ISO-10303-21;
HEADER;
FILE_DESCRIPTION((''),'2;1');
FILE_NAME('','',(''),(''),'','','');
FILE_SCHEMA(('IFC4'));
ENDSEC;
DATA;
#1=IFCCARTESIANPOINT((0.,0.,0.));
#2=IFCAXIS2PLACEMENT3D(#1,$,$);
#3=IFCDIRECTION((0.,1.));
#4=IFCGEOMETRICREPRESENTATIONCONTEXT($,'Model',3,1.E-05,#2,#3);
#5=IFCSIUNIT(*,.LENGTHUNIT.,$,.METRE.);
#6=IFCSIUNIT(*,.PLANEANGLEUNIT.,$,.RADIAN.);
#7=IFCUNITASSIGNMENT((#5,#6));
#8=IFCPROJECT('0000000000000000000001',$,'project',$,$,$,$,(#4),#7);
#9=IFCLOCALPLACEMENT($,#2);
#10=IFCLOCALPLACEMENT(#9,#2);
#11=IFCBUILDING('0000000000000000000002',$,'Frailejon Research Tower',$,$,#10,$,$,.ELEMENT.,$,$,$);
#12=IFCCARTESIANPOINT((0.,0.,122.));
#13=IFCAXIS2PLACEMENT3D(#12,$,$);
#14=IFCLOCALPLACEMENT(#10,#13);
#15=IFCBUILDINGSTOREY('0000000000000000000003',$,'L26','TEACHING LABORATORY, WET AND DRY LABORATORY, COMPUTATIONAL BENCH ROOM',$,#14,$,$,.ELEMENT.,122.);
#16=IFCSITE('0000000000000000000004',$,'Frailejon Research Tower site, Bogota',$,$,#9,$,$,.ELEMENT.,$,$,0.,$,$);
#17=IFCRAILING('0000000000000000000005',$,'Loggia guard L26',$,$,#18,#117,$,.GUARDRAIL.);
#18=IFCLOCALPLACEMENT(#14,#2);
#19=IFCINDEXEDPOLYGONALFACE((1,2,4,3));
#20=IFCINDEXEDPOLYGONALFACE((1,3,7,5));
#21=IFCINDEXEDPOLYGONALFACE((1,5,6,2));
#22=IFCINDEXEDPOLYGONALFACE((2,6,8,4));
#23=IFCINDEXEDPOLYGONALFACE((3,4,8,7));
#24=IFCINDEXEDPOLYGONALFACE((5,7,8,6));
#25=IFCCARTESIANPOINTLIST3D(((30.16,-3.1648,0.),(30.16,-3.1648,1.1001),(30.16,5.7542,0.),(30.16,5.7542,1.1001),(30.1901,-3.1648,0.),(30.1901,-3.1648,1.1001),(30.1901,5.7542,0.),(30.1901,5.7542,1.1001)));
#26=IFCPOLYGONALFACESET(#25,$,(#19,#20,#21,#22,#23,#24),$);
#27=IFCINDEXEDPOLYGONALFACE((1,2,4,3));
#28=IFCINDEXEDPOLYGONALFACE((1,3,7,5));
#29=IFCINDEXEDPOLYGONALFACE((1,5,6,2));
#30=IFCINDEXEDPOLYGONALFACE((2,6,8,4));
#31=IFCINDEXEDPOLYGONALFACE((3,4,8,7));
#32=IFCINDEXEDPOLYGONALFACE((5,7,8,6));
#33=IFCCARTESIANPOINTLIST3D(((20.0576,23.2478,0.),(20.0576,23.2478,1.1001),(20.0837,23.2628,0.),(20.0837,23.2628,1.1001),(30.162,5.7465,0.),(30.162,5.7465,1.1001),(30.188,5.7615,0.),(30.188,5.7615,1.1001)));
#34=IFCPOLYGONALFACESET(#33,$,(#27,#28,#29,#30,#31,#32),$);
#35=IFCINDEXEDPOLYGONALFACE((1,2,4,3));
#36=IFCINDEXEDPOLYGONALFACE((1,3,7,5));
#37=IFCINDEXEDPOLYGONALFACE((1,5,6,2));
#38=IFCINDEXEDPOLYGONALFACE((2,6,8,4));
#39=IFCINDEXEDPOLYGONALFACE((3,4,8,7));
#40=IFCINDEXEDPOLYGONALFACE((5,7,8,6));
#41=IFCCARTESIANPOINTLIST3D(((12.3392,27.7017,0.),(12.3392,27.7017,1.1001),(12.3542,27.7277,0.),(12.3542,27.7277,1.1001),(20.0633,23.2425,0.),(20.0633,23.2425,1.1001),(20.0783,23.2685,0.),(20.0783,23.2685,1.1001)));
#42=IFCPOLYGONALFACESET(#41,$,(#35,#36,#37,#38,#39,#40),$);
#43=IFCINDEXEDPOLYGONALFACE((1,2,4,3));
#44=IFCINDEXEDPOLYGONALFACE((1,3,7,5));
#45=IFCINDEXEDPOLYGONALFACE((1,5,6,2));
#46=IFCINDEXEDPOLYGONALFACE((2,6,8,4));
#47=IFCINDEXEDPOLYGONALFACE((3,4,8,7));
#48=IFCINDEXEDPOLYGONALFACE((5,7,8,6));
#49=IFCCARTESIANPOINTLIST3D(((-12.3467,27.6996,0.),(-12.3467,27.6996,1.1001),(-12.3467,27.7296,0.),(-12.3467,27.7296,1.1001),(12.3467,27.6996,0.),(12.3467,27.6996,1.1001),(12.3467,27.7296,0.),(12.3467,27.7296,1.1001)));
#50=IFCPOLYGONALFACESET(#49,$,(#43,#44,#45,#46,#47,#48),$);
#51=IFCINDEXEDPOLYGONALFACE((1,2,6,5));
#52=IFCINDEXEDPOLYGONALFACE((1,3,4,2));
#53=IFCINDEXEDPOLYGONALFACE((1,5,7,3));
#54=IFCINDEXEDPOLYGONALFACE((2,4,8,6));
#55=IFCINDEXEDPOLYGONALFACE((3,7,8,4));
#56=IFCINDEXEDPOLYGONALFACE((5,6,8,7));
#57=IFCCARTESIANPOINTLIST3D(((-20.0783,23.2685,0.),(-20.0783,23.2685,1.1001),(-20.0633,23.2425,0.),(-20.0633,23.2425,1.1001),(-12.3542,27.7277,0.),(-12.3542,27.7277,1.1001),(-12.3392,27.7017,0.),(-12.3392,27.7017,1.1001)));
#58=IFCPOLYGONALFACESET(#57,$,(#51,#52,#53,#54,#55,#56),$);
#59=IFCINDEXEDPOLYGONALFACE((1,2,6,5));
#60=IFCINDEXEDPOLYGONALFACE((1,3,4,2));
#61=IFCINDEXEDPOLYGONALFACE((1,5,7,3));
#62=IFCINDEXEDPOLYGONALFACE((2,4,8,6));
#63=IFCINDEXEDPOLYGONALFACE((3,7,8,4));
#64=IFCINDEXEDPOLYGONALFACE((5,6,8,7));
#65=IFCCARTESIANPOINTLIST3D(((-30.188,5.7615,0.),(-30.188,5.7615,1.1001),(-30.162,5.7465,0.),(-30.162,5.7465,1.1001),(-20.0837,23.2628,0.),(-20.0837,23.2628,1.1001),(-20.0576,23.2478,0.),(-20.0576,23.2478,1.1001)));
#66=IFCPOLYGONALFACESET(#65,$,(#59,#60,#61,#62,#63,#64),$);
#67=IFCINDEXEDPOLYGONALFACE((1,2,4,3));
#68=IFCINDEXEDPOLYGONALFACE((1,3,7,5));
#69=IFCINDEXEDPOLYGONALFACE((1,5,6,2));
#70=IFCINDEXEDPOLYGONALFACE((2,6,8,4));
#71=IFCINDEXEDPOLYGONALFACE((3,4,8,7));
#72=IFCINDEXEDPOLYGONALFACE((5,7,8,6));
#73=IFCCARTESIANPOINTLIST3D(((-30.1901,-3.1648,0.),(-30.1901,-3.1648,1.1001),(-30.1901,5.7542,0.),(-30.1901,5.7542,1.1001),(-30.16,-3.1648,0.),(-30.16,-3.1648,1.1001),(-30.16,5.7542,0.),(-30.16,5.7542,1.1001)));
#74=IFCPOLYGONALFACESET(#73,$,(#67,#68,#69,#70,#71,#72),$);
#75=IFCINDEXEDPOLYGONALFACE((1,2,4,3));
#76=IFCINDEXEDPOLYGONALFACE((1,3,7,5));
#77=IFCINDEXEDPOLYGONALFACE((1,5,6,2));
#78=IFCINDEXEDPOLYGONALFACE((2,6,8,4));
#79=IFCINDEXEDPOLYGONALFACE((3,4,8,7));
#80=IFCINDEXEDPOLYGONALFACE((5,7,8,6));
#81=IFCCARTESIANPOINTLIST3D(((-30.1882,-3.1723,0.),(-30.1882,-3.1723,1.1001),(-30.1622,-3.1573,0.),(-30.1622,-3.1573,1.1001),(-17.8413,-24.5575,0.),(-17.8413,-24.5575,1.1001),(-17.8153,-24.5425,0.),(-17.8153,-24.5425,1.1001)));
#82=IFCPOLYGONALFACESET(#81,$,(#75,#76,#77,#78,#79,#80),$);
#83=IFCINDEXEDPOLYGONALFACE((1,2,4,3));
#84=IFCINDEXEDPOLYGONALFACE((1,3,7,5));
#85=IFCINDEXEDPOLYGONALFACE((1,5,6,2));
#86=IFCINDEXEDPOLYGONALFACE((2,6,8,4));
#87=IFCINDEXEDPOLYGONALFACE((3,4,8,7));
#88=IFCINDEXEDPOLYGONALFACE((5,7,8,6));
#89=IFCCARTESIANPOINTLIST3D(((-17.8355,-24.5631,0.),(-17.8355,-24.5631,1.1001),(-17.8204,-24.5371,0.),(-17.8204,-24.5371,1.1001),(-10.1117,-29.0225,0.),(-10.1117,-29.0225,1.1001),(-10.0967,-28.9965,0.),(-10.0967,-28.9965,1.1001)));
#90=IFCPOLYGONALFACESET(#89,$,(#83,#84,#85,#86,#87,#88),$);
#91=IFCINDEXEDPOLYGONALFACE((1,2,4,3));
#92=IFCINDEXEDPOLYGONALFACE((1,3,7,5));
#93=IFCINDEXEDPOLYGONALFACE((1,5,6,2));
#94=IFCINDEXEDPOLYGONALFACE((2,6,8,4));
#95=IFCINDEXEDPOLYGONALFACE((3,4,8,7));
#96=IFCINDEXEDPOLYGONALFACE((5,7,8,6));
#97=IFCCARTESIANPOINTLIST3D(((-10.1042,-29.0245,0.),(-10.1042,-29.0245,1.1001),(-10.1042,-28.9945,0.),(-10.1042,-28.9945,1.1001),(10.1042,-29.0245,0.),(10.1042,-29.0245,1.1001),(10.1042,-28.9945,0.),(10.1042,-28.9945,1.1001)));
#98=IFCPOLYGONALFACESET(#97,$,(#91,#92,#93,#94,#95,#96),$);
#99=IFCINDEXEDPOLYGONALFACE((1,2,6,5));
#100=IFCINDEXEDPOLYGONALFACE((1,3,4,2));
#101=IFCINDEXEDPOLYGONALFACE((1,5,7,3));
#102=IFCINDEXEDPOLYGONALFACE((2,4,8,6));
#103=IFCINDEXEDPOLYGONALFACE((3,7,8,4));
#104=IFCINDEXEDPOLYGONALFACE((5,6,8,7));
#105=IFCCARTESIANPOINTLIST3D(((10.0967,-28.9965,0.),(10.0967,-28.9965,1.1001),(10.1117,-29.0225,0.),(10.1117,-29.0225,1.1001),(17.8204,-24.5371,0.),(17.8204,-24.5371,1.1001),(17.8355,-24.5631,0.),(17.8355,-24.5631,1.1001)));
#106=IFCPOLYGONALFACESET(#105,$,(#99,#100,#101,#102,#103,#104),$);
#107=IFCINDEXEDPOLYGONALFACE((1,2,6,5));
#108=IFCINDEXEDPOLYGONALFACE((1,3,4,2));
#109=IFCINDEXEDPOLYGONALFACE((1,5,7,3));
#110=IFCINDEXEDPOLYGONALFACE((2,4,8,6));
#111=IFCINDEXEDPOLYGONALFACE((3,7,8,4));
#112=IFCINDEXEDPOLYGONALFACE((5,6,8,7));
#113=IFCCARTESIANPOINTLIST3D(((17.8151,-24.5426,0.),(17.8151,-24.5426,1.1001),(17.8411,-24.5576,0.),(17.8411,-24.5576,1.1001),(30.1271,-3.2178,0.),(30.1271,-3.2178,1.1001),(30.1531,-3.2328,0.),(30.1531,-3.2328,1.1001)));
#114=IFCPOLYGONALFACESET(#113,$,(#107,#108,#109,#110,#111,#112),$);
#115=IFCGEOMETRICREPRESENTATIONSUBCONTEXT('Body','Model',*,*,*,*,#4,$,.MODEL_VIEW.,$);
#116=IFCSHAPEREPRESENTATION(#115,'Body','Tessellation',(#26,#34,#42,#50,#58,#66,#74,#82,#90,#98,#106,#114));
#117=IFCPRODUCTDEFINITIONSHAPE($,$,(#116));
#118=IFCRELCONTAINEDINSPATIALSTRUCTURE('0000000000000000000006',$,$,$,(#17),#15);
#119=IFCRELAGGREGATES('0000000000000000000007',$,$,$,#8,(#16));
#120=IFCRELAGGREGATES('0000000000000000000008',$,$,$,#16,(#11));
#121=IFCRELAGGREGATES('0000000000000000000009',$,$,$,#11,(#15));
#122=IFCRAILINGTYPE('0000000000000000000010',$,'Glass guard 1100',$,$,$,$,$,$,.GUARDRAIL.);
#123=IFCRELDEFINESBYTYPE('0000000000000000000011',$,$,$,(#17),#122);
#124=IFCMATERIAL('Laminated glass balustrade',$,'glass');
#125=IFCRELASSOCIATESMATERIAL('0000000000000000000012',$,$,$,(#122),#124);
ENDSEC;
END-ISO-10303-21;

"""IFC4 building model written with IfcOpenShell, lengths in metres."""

from ifc_helpers import new_model, si_unit, direction, frame, origin, origin_2d, place, context, subcontext, project, spatial, rectangle, extrude, material, type_object, element, save


model = new_model("IFC4")

# Units and contexts
model_context = context("Model", 3, precision=1e-05, world=origin(), true_north=direction((0.0, 1.0)))
body_context = subcontext(model_context, "Body", "Model", "MODEL_VIEW")
ifc_project = project(units=[si_unit("LENGTHUNIT", "METRE"), si_unit("PLANEANGLEUNIT", "RADIAN")], contexts=[model_context])

# Site, building, storey
site_placement = place(None, origin())
site = spatial("IfcSite", under=ifc_project, at=site_placement, Name="Frailejon Research Tower site, Bogota", CompositionType="ELEMENT", RefElevation=0.0)
building_placement = place(site_placement, origin())
building = spatial("IfcBuilding", under=site, at=building_placement, Name="Frailejon Research Tower", CompositionType="ELEMENT")
storey_placement = place(building_placement, frame((0.0, 0.0, 122.0)))
storey = spatial("IfcBuildingStorey", under=building, at=storey_placement, Name="L26", Description="TEACHING LABORATORY, WET AND DRY LABORATORY, COMPUTATIONAL BENCH ROOM", CompositionType="ELEMENT", Elevation=122.0)

# Railing
ifc_material_1 = material(Name="Laminated glass balustrade", Category="glass")
railing_type = type_object("IfcRailingType", Name="Glass guard 1100", PredefinedType="GUARDRAIL", material=ifc_material_1)
railing_placement = place(storey_placement, frame((30.175, -3.1648, 0.0)))
element("IfcRailing", 1, at=railing_placement, inside=storey, type_object=railing_type, Name="Loggia guard L26", PredefinedType="GUARDRAIL", context=body_context, shape_type="SweptSolid", body=[
    extrude(rectangle(XDim=8.9189, YDim=0.03, at=origin_2d()), frame((0.0, 4.4595, 0.0), z_axis=(0.0, 0.0, 1.0), x_axis=(0.0, 1.0, 0.0)), (0.0, 0.0, 1.0), 1.1001),
    extrude(rectangle(XDim=20.2087, YDim=0.03, at=origin_2d()), frame((-5.0522, 17.6694, 0.0), z_axis=(0.0, 0.0, 1.0), x_axis=(-0.499997, 0.866027, 0.0)), (0.0, 0.0, 1.0), 1.1001),
    extrude(rectangle(XDim=8.9189, YDim=0.03, at=origin_2d()), frame((-13.9663, 28.6499, 0.0), z_axis=(0.0, 0.0, 1.0), x_axis=(-0.86604, 0.499975, 0.0)), (0.0, 0.0, 1.0), 1.1001),
    extrude(rectangle(XDim=24.6934, YDim=0.03, at=origin_2d()), frame((-30.175, 30.8794, 0.0), z_axis=(0.0, 0.0, 1.0), x_axis=(-1.0, 0.0, 0.0)), (0.0, 0.0, 1.0), 1.1001),
    extrude(rectangle(XDim=8.9189, YDim=0.03, at=origin_2d()), frame((-46.3838, 28.6499, 0.0), z_axis=(0.0, 0.0, 1.0), x_axis=(-0.86604, -0.499975, 0.0)), (0.0, 0.0, 1.0), 1.1001),
    extrude(rectangle(XDim=20.2087, YDim=0.03, at=origin_2d()), frame((-55.2979, 17.6694, 0.0), z_axis=(0.0, 0.0, 1.0), x_axis=(-0.499997, -0.866027, 0.0)), (0.0, 0.0, 1.0), 1.1001),
    extrude(rectangle(XDim=8.9189, YDim=0.03, at=origin_2d()), frame((-60.3501, 4.4595, 0.0), z_axis=(0.0, 0.0, 1.0), x_axis=(0.0, -1.0, 0.0)), (0.0, 0.0, 1.0), 1.1001),
    extrude(rectangle(XDim=24.6936, YDim=0.03, at=origin_2d()), frame((-54.1768, -10.6926, 0.0), z_axis=(0.0, 0.0, 1.0), x_axis=(0.500004, -0.866023, 0.0)), (0.0, 0.0, 1.0), 1.1001),
    extrude(rectangle(XDim=8.9187, YDim=0.03, at=origin_2d()), frame((-44.1411, -23.615, 0.0), z_axis=(0.0, 0.0, 1.0), x_axis=(0.866021, -0.500008, 0.0)), (0.0, 0.0, 1.0), 1.1001),
    extrude(rectangle(XDim=20.2085, YDim=0.03, at=origin_2d()), frame((-30.175, -25.8447, 0.0), z_axis=(0.0, 0.0, 1.0), x_axis=(1.0, 0.0, 0.0)), (0.0, 0.0, 1.0), 1.1001),
    extrude(rectangle(XDim=8.9187, YDim=0.03, at=origin_2d()), frame((-16.209, -23.615, 0.0), z_axis=(0.0, 0.0, 1.0), x_axis=(0.866021, 0.500008, 0.0)), (0.0, 0.0, 1.0), 1.1001),
    extrude(rectangle(XDim=24.6238, YDim=0.03, at=origin_2d()), frame((-6.1909, -10.7229, 0.0), z_axis=(0.0, 0.0, 1.0), x_axis=(0.500006, 0.866022, 0.0)), (0.0, 0.0, 1.0), 1.1001),
])

save(model, "model.ifc")
